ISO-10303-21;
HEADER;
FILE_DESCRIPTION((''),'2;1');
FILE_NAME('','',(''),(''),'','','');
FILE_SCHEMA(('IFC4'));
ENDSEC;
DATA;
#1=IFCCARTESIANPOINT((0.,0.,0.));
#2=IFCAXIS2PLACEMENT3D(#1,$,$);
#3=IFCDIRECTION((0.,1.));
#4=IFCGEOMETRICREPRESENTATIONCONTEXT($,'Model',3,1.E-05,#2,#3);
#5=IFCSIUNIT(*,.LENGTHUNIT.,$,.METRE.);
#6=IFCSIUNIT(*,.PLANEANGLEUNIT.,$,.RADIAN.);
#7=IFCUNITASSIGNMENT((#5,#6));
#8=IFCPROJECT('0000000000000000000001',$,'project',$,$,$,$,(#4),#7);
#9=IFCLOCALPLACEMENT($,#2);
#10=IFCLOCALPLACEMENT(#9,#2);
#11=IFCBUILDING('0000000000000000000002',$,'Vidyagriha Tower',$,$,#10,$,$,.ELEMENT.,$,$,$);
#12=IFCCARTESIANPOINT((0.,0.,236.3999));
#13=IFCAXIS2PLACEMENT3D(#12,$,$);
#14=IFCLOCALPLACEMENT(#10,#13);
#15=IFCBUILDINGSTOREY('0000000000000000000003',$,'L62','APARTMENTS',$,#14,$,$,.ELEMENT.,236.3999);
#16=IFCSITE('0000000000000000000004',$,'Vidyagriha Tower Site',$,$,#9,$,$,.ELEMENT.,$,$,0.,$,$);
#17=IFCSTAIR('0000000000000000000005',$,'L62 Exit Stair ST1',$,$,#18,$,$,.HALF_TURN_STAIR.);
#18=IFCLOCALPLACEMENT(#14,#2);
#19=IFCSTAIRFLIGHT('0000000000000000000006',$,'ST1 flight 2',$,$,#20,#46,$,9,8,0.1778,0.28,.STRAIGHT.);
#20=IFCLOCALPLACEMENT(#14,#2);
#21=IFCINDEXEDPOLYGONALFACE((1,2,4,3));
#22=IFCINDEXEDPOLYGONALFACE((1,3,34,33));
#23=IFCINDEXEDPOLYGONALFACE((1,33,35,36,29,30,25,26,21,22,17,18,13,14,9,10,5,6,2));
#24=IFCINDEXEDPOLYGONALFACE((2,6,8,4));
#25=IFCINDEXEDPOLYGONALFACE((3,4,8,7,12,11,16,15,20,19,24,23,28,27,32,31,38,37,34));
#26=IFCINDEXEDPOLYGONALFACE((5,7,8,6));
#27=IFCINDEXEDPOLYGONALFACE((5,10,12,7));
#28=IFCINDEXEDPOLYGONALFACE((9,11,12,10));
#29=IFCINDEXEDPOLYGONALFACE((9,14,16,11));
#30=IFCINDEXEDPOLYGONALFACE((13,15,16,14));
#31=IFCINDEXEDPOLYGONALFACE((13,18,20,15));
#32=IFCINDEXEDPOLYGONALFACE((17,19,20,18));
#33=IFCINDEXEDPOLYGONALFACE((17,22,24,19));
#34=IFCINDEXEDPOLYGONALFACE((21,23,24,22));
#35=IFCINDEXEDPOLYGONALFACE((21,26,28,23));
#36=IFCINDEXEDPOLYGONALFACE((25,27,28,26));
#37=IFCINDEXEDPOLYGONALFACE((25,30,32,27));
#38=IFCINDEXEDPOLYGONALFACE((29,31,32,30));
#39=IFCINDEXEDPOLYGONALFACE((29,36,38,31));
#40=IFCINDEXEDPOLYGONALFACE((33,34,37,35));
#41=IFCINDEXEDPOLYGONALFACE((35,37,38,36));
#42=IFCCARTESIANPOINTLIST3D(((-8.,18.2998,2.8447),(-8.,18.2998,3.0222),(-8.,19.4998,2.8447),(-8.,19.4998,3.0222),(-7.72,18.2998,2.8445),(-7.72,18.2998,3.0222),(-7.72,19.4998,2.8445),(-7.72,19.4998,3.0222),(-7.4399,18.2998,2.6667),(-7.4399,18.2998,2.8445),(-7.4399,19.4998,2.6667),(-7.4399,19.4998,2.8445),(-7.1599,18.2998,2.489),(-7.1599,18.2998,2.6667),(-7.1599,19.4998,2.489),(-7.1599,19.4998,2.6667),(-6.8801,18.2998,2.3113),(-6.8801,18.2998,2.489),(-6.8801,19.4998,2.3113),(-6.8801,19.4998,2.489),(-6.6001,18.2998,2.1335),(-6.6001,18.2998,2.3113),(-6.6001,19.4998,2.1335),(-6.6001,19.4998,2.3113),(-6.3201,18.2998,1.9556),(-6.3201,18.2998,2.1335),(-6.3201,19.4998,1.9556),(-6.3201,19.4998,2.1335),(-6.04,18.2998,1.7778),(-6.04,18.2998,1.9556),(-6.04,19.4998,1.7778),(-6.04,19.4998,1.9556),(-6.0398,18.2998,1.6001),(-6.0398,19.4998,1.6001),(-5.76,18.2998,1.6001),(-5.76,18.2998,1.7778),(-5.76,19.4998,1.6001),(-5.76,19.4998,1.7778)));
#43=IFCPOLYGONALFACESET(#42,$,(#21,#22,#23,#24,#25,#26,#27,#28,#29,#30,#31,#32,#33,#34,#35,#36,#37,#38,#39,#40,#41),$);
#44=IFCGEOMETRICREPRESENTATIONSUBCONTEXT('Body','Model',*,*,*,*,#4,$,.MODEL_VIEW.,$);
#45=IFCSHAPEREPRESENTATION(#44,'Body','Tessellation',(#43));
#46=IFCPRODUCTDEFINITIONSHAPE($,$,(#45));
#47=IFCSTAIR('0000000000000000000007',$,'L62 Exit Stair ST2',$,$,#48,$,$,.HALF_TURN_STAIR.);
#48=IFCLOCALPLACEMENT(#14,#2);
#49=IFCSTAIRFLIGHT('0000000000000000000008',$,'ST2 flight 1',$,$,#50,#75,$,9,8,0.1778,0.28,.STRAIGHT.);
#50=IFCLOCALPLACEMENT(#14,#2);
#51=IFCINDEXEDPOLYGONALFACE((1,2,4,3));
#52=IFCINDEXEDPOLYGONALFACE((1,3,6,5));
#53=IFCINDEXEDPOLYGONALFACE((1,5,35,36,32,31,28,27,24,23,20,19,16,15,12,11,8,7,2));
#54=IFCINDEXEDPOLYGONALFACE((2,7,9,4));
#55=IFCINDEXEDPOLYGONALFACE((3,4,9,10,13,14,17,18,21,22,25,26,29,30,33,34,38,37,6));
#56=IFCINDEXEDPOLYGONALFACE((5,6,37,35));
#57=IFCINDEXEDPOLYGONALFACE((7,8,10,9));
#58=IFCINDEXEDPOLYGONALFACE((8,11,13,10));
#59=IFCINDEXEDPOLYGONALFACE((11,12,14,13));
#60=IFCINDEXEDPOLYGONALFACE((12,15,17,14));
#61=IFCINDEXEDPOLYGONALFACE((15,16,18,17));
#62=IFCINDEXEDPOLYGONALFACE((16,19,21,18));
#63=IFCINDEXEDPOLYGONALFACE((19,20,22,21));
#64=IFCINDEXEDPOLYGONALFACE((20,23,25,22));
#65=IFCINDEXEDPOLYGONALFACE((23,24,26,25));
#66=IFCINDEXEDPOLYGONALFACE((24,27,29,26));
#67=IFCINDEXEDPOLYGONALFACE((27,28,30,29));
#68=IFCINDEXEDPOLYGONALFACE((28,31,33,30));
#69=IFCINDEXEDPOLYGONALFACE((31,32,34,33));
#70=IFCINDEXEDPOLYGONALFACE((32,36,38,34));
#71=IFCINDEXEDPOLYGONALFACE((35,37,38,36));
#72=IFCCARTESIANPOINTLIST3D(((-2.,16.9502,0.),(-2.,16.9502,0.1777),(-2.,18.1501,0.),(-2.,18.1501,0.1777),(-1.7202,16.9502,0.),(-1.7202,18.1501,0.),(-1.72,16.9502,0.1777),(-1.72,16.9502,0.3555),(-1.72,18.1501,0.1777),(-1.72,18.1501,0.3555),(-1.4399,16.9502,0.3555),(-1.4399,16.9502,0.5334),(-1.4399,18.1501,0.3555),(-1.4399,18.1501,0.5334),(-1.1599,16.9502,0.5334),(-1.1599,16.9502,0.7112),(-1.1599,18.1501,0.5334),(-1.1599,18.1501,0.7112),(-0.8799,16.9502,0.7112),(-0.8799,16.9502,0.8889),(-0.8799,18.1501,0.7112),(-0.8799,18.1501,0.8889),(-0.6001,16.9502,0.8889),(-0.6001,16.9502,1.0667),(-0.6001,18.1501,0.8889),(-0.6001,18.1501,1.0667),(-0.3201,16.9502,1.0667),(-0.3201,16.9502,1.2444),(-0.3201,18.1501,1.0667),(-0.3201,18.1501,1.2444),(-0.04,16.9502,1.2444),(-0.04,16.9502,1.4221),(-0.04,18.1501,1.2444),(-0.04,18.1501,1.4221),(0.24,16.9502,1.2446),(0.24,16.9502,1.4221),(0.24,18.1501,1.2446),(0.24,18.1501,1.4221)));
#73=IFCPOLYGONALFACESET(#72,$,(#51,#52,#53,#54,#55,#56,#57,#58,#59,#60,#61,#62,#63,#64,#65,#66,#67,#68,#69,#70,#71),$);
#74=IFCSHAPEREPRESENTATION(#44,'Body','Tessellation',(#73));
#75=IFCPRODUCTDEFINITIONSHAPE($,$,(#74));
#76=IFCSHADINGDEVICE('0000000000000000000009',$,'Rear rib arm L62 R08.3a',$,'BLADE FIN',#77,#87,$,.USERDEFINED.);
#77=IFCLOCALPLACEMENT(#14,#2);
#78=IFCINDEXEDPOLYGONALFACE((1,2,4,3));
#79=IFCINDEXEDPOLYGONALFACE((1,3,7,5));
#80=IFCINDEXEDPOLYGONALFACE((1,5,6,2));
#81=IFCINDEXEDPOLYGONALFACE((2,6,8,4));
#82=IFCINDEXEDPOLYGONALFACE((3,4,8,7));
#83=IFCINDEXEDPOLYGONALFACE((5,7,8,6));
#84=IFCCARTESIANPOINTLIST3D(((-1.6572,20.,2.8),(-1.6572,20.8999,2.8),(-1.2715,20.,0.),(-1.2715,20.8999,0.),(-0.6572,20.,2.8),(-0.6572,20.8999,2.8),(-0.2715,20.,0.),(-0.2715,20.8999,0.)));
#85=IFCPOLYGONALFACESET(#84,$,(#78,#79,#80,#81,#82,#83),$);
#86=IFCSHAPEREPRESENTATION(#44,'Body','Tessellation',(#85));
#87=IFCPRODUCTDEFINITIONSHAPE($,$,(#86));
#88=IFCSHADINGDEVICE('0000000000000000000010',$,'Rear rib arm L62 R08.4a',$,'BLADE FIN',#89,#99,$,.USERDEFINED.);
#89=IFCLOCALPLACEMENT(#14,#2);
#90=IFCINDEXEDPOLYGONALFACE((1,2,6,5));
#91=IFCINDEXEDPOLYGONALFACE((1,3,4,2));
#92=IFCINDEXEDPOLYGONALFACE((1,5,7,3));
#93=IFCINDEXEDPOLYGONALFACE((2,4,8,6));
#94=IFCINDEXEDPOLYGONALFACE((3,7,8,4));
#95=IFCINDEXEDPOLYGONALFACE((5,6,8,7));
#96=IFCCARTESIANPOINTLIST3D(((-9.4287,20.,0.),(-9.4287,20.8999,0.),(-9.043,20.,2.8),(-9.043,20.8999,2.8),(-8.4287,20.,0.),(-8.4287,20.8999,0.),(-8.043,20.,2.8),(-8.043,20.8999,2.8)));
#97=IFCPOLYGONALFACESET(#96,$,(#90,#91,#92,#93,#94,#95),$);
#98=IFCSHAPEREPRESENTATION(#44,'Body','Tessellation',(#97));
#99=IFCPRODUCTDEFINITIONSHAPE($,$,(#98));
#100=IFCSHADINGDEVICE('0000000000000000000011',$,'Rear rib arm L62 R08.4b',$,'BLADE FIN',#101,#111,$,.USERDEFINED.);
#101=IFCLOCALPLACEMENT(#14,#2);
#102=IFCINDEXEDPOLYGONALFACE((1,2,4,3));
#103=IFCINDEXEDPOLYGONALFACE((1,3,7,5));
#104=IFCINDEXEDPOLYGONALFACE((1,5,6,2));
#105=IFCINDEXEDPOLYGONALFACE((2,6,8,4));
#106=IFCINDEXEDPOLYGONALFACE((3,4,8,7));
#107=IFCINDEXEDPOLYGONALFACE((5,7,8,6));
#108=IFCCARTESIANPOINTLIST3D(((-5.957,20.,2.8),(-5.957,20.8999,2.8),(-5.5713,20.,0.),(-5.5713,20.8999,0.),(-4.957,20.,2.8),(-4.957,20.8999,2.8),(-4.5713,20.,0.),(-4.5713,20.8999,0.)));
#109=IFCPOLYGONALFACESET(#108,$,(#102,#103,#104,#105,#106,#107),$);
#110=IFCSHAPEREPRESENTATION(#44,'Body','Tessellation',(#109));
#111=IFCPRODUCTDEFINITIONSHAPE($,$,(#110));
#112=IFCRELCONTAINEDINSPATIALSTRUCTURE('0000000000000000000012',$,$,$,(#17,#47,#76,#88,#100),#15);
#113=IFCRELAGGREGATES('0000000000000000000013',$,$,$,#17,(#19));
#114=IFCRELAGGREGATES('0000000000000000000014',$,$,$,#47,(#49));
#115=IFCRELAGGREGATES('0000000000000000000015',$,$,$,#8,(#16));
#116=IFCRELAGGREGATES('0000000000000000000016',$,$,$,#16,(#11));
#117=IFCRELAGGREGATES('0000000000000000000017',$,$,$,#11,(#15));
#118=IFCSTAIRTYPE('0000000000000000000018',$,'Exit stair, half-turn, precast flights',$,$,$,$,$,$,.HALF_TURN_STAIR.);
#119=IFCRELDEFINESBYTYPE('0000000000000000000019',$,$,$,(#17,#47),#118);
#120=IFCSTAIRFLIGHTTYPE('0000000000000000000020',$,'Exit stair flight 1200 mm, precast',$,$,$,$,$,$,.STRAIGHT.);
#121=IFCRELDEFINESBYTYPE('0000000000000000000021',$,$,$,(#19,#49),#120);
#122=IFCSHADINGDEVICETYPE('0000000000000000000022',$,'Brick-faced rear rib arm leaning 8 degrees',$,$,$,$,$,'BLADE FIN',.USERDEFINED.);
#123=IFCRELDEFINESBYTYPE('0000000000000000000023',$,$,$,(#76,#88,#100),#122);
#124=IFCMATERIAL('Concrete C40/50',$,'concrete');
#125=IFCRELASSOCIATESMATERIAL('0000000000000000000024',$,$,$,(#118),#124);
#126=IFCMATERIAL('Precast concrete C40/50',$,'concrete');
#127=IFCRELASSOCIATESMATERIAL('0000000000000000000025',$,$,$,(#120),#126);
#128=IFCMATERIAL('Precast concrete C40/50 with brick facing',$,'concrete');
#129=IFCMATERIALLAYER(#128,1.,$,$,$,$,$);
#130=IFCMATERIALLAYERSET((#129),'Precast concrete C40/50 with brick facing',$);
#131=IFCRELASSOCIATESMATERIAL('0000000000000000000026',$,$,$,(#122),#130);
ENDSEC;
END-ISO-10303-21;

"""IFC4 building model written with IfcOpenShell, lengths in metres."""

from ifc_helpers import new_model, si_unit, direction, frame, origin, place, context, subcontext, project, spatial, polyline, outline, extrude, material, layer, layer_set, type_object, element, aggregate, save


model = new_model("IFC4")

# Units and contexts
model_context = context("Model", 3, precision=1e-05, world=origin(), true_north=direction((0.0, 1.0)))
body_context = subcontext(model_context, "Body", "Model", "MODEL_VIEW")
ifc_project = project(units=[si_unit("LENGTHUNIT", "METRE"), si_unit("PLANEANGLEUNIT", "RADIAN")], contexts=[model_context])

# Site, building, storey
site_placement = place(None, origin())
site = spatial("IfcSite", under=ifc_project, at=site_placement, Name="Vidyagriha Tower Site", CompositionType="ELEMENT", RefElevation=0.0)
building_placement = place(site_placement, origin())
building = spatial("IfcBuilding", under=site, at=building_placement, Name="Vidyagriha Tower", CompositionType="ELEMENT")
storey_placement = place(building_placement, frame((0.0, 0.0, 236.3999)))
storey = spatial("IfcBuildingStorey", under=building, at=storey_placement, Name="L62", Description="APARTMENTS", CompositionType="ELEMENT", Elevation=236.3999)

# Stair, stair flight
ifc_material_1 = material(Name="Concrete C40/50", Category="concrete")
stair_type = type_object("IfcStairType", Name="Exit stair, half-turn, precast flights", PredefinedType="HALF_TURN_STAIR", material=ifc_material_1)
stair_1_placement = place(storey_placement, origin())
stair_1 = element("IfcStair", 1, at=stair_1_placement, inside=storey, type_object=stair_type, Name="L62 Exit Stair ST1", PredefinedType="HALF_TURN_STAIR")
ifc_material_2 = material(Name="Precast concrete C40/50", Category="concrete")
stair_flight_type = type_object("IfcStairFlightType", Name="Exit stair flight 1200 mm, precast", PredefinedType="STRAIGHT", material=ifc_material_2)
stair_flight_1_placement = place(storey_placement, frame((-5.76, 18.8999, 1.6001), z_axis=(0.0, 0.0, 1.0), x_axis=(-1.0, 0.0, 0.0)))
stair_flight_1 = element("IfcStairFlight", 2, at=stair_flight_1_placement, type_object=stair_flight_type, Name="ST1 flight 2", NumberOfRisers=9, NumberOfTreads=8, PredefinedType="STRAIGHT", RiserHeight=0.1778, TreadLength=0.28, context=body_context, shape_type="SweptSolid", body=[
    extrude(outline(polyline([(0.0, 0.0), (0.0, 0.1777), (0.28, 0.1777), (0.28, 0.3555), (0.5601, 0.3555), (0.5601, 0.5334), (0.8401, 0.5334), (0.8401, 0.7112), (1.1201, 0.7112), (1.1201, 0.8889), (1.3999, 0.8889), (1.3999, 1.0667), (1.6799, 1.0667), (1.6799, 1.2444), (1.96, 1.2444), (1.96, 1.4221), (2.24, 1.4221), (2.24, 1.6001), (2.24, 1.2446), (0.2798, 0.0), (0.0, 0.0)])), frame((0.0, 0.6001, 0.0), z_axis=(0.0, -1.0, 0.0), x_axis=(1.0, 0.0, 0.0)), (0.0, 0.0, 1.0), 1.2),
])
aggregate(stair_1, [stair_flight_1])

# Stair, stair flight
stair_2_placement = place(storey_placement, origin())
stair_2 = element("IfcStair", 3, at=stair_2_placement, inside=storey, type_object=stair_type, Name="L62 Exit Stair ST2", PredefinedType="HALF_TURN_STAIR")
stair_flight_2_placement = place(storey_placement, frame((-2.0, 17.55, 0.0)))
stair_flight_2 = element("IfcStairFlight", 4, at=stair_flight_2_placement, type_object=stair_flight_type, Name="ST2 flight 1", NumberOfRisers=9, NumberOfTreads=8, PredefinedType="STRAIGHT", RiserHeight=0.1778, TreadLength=0.28, context=body_context, shape_type="SweptSolid", body=[
    extrude(outline(polyline([(0.0, 0.0), (0.0, 0.1777), (0.28, 0.1777), (0.28, 0.3555), (0.5601, 0.3555), (0.5601, 0.5334), (0.8401, 0.5334), (0.8401, 0.7112), (1.1201, 0.7112), (1.1201, 0.8889), (1.3999, 0.8889), (1.3999, 1.0667), (1.6799, 1.0667), (1.6799, 1.2444), (1.96, 1.2444), (1.96, 1.4221), (2.24, 1.4221), (2.24, 1.6001), (2.24, 1.2446), (0.2798, 0.0), (0.0, 0.0)])), frame((0.0, 0.6001, 0.0), z_axis=(0.0, -1.0, 0.0), x_axis=(1.0, 0.0, 0.0)), (0.0, 0.0, 1.0), 1.2),
])
aggregate(stair_2, [stair_flight_2])

# Shading devices
ifc_material_3 = material(Name="Precast concrete C40/50 with brick facing", Category="concrete")
ifc_layer_1 = layer(ifc_material_3, 1.0)
ifc_layer_set_1 = layer_set([ifc_layer_1], Name="Precast concrete C40/50 with brick facing")
shading_device_type = type_object("IfcShadingDeviceType", Name="Brick-faced rear rib arm leaning 8 degrees", ElementType="BLADE FIN", PredefinedType="USERDEFINED", material=ifc_layer_set_1)
shading_device_1_placement = place(storey_placement, frame((-0.2715, 20.45, 0.0), z_axis=(0.0, 0.0, 1.0), x_axis=(-1.0, 0.0, 0.0)))
element("IfcShadingDevice", 5, at=shading_device_1_placement, inside=storey, type_object=shading_device_type, Name="Rear rib arm L62 R08.3a", ObjectType="BLADE FIN", PredefinedType="USERDEFINED", context=body_context, shape_type="SweptSolid", body=[
    extrude(outline(polyline([(0.0, 0.0), (1.0, 0.0), (1.3857, 2.8), (0.3857, 2.8), (0.0, 0.0)])), frame((0.0, 0.45, 0.0), z_axis=(0.0, -1.0, 0.0), x_axis=(1.0, 0.0, 0.0)), (0.0, 0.0, 1.0), 0.8999),
])
shading_device_2_placement = place(storey_placement, frame((-8.043, 20.45, 0.0), z_axis=(0.0, 0.0, 1.0), x_axis=(-1.0, 0.0, 0.0)))
element("IfcShadingDevice", 6, at=shading_device_2_placement, inside=storey, type_object=shading_device_type, Name="Rear rib arm L62 R08.4a", ObjectType="BLADE FIN", PredefinedType="USERDEFINED", context=body_context, shape_type="SweptSolid", body=[
    extrude(outline(polyline([(0.3857, 0.0), (1.3857, 0.0), (1.0, 2.8), (0.0, 2.8), (0.3857, 0.0)])), frame((0.0, 0.45, 0.0), z_axis=(0.0, -1.0, 0.0), x_axis=(1.0, 0.0, 0.0)), (0.0, 0.0, 1.0), 0.8999),
])
shading_device_3_placement = place(storey_placement, frame((-4.5713, 20.45, 0.0), z_axis=(0.0, 0.0, 1.0), x_axis=(-1.0, 0.0, 0.0)))
element("IfcShadingDevice", 7, at=shading_device_3_placement, inside=storey, type_object=shading_device_type, Name="Rear rib arm L62 R08.4b", ObjectType="BLADE FIN", PredefinedType="USERDEFINED", context=body_context, shape_type="SweptSolid", body=[
    extrude(outline(polyline([(0.0, 0.0), (1.0, 0.0), (1.3857, 2.8), (0.3857, 2.8), (0.0, 0.0)])), frame((0.0, 0.45, 0.0), z_axis=(0.0, -1.0, 0.0), x_axis=(1.0, 0.0, 0.0)), (0.0, 0.0, 1.0), 0.8999),
])

save(model, "model.ifc")
